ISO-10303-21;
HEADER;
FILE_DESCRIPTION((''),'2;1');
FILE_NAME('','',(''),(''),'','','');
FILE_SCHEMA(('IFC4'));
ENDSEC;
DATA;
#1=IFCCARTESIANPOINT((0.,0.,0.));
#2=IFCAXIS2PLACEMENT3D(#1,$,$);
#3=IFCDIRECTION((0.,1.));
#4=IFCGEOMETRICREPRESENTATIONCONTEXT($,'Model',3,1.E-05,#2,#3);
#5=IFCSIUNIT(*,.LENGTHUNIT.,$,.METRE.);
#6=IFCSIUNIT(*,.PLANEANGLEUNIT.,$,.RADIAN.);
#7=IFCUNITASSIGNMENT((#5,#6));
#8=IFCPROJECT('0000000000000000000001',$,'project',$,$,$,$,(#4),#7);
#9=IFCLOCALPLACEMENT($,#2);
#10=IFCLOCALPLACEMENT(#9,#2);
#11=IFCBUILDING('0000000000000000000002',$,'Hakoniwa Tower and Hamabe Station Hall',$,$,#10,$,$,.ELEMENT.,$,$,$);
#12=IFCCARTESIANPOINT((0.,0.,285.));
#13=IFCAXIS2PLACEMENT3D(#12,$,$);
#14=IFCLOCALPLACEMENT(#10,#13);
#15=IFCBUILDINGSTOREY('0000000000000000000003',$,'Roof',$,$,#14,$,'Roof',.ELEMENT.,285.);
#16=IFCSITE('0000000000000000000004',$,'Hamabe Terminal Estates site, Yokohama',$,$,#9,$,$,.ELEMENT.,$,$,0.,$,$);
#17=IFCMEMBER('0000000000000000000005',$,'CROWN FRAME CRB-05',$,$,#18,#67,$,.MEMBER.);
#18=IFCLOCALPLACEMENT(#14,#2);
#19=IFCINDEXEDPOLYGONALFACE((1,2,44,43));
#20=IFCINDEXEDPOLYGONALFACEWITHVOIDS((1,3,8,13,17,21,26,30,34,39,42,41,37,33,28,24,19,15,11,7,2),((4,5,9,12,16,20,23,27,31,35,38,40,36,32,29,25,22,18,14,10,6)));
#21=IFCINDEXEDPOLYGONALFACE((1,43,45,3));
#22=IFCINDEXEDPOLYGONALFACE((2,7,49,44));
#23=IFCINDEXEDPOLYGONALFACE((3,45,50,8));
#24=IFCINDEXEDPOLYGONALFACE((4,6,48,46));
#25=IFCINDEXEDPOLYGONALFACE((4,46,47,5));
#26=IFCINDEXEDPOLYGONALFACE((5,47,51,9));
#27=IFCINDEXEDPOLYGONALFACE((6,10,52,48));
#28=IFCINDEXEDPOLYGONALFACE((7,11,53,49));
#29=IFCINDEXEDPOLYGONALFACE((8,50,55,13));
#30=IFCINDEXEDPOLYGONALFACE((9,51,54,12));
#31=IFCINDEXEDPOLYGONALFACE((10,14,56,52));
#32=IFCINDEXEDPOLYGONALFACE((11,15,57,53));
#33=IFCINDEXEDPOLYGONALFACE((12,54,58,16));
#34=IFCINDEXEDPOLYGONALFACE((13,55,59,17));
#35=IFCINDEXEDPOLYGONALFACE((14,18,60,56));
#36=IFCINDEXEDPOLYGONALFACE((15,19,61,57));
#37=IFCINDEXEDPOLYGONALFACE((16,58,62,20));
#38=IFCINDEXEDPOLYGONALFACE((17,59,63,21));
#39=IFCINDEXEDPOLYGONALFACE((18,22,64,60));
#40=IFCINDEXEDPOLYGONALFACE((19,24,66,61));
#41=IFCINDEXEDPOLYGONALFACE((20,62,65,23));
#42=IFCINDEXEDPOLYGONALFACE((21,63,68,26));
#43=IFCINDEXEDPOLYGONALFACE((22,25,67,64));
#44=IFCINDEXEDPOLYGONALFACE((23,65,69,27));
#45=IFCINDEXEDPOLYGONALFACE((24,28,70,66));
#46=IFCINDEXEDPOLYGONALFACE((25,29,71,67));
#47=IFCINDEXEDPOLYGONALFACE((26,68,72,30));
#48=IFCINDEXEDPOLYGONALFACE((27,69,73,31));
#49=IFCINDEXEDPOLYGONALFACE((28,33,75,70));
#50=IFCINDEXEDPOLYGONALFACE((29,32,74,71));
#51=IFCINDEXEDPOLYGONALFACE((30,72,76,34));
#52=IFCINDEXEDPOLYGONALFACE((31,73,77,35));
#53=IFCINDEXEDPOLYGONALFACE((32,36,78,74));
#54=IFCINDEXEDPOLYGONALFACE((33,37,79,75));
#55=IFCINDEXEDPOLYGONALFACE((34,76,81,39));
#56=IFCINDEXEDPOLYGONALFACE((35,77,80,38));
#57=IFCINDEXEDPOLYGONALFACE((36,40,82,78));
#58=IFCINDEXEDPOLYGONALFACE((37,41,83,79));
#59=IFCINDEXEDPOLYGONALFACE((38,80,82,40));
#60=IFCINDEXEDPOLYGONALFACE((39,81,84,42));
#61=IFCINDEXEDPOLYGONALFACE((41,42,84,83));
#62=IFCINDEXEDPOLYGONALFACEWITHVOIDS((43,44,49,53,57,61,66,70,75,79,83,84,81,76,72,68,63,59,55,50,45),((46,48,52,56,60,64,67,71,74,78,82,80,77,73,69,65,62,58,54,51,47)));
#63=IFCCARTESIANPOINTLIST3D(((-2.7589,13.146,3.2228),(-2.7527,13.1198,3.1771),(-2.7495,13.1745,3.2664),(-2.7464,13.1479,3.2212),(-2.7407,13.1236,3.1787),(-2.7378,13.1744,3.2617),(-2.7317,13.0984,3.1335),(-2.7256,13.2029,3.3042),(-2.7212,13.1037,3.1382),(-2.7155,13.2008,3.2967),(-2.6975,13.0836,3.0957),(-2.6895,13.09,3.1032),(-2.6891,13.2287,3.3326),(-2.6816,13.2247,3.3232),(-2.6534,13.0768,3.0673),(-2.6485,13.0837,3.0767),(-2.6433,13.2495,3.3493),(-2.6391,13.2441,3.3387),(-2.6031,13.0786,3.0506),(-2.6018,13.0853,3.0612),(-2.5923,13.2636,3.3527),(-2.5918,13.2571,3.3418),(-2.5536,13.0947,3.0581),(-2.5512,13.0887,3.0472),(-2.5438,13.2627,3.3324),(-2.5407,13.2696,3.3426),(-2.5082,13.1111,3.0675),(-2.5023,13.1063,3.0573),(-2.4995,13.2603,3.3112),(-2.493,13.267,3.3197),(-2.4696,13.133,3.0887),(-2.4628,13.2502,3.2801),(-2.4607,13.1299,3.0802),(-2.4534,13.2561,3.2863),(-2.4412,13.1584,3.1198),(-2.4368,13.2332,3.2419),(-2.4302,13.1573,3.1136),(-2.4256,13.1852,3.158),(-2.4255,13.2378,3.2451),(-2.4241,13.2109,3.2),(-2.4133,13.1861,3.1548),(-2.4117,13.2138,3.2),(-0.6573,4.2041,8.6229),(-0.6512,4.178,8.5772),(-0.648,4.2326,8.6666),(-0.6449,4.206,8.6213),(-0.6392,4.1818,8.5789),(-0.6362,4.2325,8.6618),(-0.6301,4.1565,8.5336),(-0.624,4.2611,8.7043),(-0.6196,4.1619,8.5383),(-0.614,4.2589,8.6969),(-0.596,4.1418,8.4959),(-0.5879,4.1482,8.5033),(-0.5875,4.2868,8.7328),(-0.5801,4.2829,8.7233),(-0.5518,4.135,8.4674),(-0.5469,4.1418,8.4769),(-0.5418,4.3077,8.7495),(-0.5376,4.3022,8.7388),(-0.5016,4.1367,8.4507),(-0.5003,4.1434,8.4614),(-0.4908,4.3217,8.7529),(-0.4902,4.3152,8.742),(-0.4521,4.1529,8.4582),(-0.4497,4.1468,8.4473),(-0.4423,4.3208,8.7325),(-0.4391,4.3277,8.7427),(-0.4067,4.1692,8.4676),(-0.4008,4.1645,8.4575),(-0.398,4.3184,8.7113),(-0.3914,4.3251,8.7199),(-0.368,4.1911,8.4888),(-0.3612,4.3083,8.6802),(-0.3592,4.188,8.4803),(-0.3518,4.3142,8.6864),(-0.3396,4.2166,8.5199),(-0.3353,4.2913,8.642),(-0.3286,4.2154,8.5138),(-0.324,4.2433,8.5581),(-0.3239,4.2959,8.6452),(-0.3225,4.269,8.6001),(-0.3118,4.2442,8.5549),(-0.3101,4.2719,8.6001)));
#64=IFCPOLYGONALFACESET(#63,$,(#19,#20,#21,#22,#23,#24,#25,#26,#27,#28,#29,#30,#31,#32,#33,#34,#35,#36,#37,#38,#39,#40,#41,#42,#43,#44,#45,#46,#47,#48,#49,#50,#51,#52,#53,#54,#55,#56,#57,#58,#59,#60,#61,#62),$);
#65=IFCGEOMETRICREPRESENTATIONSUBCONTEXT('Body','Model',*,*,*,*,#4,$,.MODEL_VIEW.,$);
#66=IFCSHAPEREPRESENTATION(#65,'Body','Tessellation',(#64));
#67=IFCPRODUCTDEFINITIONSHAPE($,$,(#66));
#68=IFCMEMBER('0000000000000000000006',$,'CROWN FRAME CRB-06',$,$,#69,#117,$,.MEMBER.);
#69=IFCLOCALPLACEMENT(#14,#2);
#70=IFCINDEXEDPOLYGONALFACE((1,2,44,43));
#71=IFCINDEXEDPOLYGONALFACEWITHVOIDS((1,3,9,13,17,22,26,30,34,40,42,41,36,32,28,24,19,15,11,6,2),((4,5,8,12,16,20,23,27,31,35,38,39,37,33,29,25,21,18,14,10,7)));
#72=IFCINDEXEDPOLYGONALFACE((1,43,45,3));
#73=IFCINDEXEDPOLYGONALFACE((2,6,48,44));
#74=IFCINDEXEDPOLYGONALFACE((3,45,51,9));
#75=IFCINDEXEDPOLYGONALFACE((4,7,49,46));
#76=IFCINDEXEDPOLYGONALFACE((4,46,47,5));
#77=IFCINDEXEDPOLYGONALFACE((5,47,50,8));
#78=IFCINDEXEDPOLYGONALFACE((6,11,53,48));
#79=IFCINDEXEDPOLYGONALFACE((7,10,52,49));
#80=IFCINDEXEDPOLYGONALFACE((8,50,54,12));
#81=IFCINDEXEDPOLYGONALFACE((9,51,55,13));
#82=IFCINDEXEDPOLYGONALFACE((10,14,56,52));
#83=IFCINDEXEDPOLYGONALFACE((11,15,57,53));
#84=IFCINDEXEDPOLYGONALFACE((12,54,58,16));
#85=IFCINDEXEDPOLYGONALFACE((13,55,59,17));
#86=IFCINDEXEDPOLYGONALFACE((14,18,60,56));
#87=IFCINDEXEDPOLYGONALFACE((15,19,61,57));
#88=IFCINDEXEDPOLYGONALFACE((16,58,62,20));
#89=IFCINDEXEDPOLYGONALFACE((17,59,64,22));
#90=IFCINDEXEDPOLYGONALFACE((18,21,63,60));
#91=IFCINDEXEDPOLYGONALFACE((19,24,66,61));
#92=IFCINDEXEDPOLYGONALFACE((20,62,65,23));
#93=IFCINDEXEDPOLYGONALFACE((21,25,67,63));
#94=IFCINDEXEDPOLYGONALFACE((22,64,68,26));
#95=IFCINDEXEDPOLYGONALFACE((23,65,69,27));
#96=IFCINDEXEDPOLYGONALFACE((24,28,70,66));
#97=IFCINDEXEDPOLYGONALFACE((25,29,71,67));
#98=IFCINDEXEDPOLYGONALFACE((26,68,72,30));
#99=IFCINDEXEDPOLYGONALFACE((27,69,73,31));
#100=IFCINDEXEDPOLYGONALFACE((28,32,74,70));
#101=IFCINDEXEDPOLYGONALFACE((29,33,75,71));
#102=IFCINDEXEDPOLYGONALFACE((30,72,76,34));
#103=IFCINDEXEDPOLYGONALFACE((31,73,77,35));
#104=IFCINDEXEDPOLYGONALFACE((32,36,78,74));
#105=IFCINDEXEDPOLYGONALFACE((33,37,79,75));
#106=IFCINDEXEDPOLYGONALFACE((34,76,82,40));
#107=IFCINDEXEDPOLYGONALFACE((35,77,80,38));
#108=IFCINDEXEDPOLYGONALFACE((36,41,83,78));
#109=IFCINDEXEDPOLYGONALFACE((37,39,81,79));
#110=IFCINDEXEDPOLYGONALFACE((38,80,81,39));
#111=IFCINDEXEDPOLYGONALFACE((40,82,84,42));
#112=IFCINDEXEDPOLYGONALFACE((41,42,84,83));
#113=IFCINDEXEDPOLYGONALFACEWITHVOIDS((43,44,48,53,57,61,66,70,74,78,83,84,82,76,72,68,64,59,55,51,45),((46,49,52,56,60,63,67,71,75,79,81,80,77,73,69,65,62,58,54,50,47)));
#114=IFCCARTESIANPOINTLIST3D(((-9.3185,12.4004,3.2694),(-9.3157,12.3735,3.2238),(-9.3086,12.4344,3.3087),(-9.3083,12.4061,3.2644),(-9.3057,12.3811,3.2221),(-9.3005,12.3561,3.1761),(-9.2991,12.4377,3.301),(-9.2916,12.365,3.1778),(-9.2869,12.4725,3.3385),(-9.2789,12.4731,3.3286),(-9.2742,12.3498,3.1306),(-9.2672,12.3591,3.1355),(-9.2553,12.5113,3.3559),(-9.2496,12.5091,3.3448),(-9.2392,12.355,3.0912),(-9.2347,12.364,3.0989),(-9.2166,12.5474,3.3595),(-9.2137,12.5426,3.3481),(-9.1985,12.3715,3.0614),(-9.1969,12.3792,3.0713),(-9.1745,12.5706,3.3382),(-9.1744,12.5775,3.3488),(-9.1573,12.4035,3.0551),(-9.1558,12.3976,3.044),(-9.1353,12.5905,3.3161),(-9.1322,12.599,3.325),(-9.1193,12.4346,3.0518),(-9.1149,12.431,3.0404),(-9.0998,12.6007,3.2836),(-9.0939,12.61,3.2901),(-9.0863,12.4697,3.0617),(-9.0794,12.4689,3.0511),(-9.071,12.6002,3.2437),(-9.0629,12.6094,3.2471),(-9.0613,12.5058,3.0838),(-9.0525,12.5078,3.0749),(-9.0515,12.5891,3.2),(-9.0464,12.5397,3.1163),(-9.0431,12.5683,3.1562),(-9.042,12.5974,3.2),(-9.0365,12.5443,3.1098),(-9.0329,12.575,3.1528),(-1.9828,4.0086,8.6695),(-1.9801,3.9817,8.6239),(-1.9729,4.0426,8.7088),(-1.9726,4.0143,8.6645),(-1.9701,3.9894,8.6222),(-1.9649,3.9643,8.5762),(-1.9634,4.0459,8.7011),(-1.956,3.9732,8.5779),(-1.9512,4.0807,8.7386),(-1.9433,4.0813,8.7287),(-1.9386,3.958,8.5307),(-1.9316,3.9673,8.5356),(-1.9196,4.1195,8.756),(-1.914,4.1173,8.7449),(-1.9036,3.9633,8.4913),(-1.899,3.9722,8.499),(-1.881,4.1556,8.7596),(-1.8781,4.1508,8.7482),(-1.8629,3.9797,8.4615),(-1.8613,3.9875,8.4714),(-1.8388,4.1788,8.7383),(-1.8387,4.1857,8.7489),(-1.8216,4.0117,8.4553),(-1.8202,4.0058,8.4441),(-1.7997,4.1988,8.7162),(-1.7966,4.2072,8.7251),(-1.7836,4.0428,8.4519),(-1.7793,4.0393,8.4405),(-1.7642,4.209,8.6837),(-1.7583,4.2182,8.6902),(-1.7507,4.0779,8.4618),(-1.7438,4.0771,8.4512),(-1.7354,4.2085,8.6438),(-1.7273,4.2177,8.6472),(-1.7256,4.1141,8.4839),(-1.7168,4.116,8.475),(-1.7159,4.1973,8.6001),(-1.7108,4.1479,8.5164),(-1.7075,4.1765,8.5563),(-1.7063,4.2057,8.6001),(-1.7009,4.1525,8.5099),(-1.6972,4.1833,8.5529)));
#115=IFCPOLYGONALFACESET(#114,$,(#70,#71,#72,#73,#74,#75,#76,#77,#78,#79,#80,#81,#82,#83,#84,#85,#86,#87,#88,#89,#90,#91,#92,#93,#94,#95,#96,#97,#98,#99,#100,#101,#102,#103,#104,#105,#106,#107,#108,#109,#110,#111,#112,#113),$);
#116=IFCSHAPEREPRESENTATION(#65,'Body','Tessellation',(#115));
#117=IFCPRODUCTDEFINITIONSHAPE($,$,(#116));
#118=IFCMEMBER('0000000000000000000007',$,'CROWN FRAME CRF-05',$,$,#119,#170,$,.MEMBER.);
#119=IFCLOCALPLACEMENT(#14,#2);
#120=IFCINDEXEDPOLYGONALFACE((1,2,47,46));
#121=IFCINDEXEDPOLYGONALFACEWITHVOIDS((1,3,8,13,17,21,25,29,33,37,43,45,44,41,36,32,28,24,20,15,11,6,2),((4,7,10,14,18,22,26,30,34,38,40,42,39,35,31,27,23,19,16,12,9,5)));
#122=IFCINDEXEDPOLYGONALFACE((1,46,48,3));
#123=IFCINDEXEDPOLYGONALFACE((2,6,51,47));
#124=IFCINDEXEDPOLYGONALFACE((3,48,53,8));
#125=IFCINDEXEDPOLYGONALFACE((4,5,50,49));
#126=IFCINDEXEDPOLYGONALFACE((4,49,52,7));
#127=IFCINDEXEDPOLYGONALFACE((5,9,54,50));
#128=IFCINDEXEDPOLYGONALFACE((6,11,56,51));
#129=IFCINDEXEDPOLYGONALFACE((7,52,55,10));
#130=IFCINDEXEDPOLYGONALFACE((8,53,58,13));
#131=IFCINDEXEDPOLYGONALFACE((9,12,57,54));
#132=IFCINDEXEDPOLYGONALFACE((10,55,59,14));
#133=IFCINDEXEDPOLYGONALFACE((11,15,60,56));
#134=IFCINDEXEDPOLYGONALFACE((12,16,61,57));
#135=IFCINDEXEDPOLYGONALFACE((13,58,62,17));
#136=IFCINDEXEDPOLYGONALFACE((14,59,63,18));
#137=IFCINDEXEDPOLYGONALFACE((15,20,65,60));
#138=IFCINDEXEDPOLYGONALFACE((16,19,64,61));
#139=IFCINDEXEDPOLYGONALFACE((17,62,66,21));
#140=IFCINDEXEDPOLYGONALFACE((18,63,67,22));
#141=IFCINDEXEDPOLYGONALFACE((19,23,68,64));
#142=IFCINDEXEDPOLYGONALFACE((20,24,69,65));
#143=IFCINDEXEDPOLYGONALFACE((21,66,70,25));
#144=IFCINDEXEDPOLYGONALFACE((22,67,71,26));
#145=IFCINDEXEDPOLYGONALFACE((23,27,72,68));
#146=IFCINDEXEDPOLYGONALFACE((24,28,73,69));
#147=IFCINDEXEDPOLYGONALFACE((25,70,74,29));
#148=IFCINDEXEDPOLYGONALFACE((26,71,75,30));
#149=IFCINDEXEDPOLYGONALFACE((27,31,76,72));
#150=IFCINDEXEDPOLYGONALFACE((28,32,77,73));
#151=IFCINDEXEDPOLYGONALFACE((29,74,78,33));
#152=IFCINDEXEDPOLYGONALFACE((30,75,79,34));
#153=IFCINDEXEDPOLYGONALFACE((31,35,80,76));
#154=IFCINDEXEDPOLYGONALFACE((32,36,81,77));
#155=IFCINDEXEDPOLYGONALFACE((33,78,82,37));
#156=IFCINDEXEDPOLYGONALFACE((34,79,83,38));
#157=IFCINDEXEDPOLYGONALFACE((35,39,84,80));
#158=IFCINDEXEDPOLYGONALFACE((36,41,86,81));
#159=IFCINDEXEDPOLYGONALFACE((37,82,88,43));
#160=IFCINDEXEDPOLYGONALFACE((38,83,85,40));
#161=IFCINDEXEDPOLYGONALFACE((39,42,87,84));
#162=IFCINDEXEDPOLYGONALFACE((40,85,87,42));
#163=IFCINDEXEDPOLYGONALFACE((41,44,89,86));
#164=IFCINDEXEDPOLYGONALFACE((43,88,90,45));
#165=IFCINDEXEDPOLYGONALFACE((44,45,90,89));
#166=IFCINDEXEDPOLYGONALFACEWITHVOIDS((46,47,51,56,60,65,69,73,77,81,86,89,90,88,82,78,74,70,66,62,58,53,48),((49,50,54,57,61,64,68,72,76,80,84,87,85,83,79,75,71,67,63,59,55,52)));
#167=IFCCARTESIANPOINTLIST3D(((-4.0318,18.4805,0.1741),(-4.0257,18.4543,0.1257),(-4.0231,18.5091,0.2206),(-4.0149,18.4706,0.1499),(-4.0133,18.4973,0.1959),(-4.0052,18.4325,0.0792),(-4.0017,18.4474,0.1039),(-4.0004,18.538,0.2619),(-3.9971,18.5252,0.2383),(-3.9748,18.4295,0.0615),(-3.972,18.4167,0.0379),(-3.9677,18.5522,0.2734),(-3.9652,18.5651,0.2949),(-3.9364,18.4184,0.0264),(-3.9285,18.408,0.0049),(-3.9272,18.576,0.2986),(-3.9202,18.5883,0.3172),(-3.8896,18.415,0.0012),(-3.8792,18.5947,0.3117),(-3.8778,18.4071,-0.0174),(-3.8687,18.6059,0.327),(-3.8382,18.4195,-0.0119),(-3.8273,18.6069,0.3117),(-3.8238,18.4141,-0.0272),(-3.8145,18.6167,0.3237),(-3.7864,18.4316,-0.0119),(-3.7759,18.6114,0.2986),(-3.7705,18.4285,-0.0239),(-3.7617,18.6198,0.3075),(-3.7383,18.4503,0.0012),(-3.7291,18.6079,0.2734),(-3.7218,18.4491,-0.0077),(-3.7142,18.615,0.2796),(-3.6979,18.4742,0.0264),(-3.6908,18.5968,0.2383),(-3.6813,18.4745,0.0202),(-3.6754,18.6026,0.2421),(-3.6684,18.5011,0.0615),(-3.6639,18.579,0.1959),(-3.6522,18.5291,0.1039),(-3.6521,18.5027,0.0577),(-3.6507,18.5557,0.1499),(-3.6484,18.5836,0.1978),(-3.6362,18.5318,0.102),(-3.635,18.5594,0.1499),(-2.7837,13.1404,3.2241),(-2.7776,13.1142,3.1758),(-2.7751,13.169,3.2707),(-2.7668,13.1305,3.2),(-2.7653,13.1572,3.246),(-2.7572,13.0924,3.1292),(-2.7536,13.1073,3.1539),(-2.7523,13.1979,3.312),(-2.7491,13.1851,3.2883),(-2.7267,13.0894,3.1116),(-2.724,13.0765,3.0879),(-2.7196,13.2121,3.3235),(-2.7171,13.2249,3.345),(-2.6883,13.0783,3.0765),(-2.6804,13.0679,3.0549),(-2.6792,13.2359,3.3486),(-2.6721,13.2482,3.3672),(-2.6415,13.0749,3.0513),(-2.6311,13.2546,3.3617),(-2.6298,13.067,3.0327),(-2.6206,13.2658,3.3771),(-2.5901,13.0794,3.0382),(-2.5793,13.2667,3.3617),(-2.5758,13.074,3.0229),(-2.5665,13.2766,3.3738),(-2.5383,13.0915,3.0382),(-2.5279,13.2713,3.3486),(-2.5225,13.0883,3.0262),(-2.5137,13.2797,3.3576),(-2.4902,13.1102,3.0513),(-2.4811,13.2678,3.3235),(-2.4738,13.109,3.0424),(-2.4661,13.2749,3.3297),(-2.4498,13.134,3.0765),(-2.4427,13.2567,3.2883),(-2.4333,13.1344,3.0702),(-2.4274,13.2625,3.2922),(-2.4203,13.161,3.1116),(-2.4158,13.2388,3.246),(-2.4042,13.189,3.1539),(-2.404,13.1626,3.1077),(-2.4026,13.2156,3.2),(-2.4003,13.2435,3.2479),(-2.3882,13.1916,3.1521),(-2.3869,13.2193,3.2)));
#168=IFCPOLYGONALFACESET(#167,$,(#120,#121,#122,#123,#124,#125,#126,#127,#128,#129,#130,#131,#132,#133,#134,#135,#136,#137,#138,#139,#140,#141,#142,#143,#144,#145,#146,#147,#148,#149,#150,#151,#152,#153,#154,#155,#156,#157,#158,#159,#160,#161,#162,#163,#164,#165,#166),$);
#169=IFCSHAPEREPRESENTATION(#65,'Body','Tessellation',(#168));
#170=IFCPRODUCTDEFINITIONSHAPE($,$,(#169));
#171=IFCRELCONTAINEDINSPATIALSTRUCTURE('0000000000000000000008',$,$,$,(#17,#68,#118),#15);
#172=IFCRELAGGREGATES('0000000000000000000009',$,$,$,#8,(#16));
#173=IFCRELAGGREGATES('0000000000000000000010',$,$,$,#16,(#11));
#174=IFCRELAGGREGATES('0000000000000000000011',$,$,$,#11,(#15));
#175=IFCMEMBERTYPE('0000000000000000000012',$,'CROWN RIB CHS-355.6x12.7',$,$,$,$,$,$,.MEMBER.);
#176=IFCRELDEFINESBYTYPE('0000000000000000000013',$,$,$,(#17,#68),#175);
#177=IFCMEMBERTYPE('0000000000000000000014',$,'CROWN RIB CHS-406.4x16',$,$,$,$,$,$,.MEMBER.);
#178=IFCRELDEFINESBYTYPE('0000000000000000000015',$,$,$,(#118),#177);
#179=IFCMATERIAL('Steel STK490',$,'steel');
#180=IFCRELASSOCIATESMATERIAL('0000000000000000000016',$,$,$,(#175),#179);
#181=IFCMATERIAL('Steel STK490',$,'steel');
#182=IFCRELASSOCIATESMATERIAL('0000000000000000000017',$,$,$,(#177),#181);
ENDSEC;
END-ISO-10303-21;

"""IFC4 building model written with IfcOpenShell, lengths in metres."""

from ifc_helpers import new_model, si_unit, direction, frame, origin, origin_2d, place, context, subcontext, project, spatial, hollow_circle, extrude, material, material_profile, profile_set, type_object, element, save


model = new_model("IFC4")

# Units and contexts
model_context = context("Model", 3, precision=1e-05, world=origin(), true_north=direction((0.0, 1.0)))
body_context = subcontext(model_context, "Body", "Model", "MODEL_VIEW")
ifc_project = project(units=[si_unit("LENGTHUNIT", "METRE"), si_unit("PLANEANGLEUNIT", "RADIAN")], contexts=[model_context])

# Site, building, storey
site_placement = place(None, origin())
site = spatial("IfcSite", under=ifc_project, at=site_placement, Name="Hamabe Terminal Estates site, Yokohama", CompositionType="ELEMENT", RefElevation=0.0)
building_placement = place(site_placement, origin())
building = spatial("IfcBuilding", under=site, at=building_placement, Name="Hakoniwa Tower and Hamabe Station Hall", CompositionType="ELEMENT")
storey_placement = place(building_placement, frame((0.0, 0.0, 285.0)))
storey = spatial("IfcBuildingStorey", under=building, at=storey_placement, Name="Roof", LongName="Roof", CompositionType="ELEMENT", Elevation=285.0)

# Members
ifc_material_1 = material(Name="Steel STK490", Category="steel")
ifc_material_profile_1 = material_profile(ifc_material_1, hollow_circle(Radius=0.1777, WallThickness=0.0127, at=origin_2d()), Name="CHS-355.6x12.7")
ifc_profile_set_1 = profile_set([ifc_material_profile_1], Name="Steel STK490")
member_type_1 = type_object("IfcMemberType", Name="CROWN RIB CHS-355.6x12.7", PredefinedType="MEMBER", material=ifc_profile_set_1)
member_1_placement = place(storey_placement, frame((-2.5847, 13.1731, 3.2), z_axis=(0.197231, -0.839196, 0.506803), x_axis=(0.973476, 0.22879, 0.0)))
element("IfcMember", 1, at=member_1_placement, inside=storey, type_object=member_type_1, Name="CROWN FRAME CRB-05", PredefinedType="MEMBER", context=body_context, shape_type="SweptSolid", body=[
    extrude(hollow_circle(Radius=0.1777, WallThickness=0.0127, at=origin_2d()), origin(), (0.0, 0.0, 1.0), 10.6553),
])
member_2_placement = place(storey_placement, frame((-9.1758, 12.4805, 3.2), z_axis=(0.592288, -0.677562, 0.436011), x_axis=(0.752895, 0.65814, 0.0)))
element("IfcMember", 2, at=member_2_placement, inside=storey, type_object=member_type_1, Name="CROWN FRAME CRB-06", PredefinedType="MEMBER", context=body_context, shape_type="SweptSolid", body=[
    extrude(hollow_circle(Radius=0.1777, WallThickness=0.0127, at=origin_2d()), origin(), (0.0, 0.0, 1.0), 12.3853),
])
ifc_material_2 = material(Name="Steel STK490", Category="steel")
ifc_material_profile_2 = material_profile(ifc_material_2, hollow_circle(Radius=0.2031, WallThickness=0.0161, at=origin_2d()), Name="CHS-406.4x16")
ifc_profile_set_2 = profile_set([ifc_material_profile_2], Name="Steel STK490")
member_type_2 = type_object("IfcMemberType", Name="CROWN RIB CHS-406.4x16", PredefinedType="MEMBER", material=ifc_profile_set_2)
member_3_placement = place(storey_placement, frame((-3.8328, 18.5132, 0.1499), z_axis=(0.198889, -0.850996, 0.486055), x_axis=(0.973759, 0.22758, 0.0)))
element("IfcMember", 3, at=member_3_placement, inside=storey, type_object=member_type_2, Name="CROWN FRAME CRF-05", PredefinedType="MEMBER", context=body_context, shape_type="SweptSolid", body=[
    extrude(hollow_circle(Radius=0.2031, WallThickness=0.0161, at=origin_2d()), origin(), (0.0, 0.0, 1.0), 6.2751),
])

save(model, "model.ifc")
